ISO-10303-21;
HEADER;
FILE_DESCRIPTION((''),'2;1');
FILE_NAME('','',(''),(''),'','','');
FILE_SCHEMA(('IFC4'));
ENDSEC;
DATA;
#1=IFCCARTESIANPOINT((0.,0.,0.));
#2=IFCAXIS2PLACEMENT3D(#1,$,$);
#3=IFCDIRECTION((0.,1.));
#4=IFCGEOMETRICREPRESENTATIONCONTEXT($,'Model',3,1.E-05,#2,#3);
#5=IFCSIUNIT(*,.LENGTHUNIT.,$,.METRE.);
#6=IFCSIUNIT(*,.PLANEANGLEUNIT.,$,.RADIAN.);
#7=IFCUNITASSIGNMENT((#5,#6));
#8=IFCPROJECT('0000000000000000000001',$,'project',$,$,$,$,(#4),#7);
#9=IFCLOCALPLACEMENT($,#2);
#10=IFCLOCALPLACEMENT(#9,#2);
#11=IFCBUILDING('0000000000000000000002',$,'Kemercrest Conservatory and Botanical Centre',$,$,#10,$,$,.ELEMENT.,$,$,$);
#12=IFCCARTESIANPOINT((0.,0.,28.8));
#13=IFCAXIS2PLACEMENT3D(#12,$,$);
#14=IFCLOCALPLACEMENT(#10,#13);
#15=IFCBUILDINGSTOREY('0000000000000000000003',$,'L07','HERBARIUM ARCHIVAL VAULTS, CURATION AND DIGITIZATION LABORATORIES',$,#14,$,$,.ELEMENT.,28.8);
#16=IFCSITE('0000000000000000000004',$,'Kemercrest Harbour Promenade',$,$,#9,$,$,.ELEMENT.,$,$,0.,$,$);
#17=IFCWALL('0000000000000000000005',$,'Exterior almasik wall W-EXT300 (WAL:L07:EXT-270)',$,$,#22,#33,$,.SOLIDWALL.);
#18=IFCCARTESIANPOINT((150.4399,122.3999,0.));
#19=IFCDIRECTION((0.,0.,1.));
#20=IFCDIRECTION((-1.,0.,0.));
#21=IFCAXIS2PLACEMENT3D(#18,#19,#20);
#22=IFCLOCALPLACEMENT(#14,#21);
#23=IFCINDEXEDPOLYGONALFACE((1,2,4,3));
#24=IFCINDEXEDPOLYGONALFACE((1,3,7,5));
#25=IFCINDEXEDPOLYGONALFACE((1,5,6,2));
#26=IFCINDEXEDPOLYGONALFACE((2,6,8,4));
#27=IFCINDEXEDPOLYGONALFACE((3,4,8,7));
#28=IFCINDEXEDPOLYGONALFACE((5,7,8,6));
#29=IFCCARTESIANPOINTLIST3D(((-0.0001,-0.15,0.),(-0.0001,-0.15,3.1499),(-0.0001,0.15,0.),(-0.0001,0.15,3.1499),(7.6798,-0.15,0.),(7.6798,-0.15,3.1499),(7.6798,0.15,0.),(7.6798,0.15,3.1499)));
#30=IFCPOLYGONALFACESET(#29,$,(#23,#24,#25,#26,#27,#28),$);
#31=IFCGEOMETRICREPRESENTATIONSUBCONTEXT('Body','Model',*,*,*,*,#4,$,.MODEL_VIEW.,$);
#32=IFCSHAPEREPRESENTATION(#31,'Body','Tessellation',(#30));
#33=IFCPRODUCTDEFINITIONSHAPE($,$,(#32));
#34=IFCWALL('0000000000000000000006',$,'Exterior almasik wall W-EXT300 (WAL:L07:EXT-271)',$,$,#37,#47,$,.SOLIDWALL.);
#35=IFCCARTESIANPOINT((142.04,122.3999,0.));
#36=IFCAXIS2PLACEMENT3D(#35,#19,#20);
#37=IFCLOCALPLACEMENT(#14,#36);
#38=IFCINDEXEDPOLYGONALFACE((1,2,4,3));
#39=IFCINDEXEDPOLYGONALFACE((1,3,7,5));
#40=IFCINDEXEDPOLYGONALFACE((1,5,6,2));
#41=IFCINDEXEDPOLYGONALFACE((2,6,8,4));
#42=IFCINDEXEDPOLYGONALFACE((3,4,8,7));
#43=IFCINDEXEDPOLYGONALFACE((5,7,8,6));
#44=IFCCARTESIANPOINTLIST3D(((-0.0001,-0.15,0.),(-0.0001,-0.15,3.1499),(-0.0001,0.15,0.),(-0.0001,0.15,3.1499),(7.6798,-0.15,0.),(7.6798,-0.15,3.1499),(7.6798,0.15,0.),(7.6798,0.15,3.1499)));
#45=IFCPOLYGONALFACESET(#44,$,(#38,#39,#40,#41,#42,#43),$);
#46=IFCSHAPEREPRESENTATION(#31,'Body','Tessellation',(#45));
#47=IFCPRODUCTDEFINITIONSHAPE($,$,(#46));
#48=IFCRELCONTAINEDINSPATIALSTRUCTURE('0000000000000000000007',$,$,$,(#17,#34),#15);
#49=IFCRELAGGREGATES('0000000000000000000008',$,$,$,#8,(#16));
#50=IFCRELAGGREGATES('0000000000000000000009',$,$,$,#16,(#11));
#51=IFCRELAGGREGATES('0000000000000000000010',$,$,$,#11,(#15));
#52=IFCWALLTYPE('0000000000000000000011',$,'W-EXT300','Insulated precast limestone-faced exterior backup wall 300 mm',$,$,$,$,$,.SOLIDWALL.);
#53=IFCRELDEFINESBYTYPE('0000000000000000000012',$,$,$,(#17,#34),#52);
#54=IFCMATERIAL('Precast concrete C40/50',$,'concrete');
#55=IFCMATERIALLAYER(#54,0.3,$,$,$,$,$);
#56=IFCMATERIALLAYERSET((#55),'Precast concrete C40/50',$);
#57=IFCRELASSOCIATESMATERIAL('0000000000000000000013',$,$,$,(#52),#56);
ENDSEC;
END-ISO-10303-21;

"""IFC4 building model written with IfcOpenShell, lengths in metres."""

from ifc_helpers import new_model, si_unit, direction, frame, frame_2d, origin, place, context, subcontext, project, spatial, rectangle, extrude, material, layer, layer_set, type_object, element, save


model = new_model("IFC4")

# Units and contexts
model_context = context("Model", 3, precision=1e-05, world=origin(), true_north=direction((0.0, 1.0)))
body_context = subcontext(model_context, "Body", "Model", "MODEL_VIEW")
ifc_project = project(units=[si_unit("LENGTHUNIT", "METRE"), si_unit("PLANEANGLEUNIT", "RADIAN")], contexts=[model_context])

# Site, building, storey
site_placement = place(None, origin())
site = spatial("IfcSite", under=ifc_project, at=site_placement, Name="Kemercrest Harbour Promenade", CompositionType="ELEMENT", RefElevation=0.0)
building_placement = place(site_placement, origin())
building = spatial("IfcBuilding", under=site, at=building_placement, Name="Kemercrest Conservatory and Botanical Centre", CompositionType="ELEMENT")
storey_placement = place(building_placement, frame((0.0, 0.0, 28.8)))
storey = spatial("IfcBuildingStorey", under=building, at=storey_placement, Name="L07", Description="HERBARIUM ARCHIVAL VAULTS, CURATION AND DIGITIZATION LABORATORIES", CompositionType="ELEMENT", Elevation=28.8)

# Walls
ifc_material_1 = material(Name="Precast concrete C40/50", Category="concrete")
ifc_layer_1 = layer(ifc_material_1, 0.3)
ifc_layer_set_1 = layer_set([ifc_layer_1], Name="Precast concrete C40/50")
wall_type_1 = type_object("IfcWallType", Name="W-EXT300", Description="Insulated precast limestone-faced exterior backup wall 300 mm", PredefinedType="SOLIDWALL", material=ifc_layer_set_1)
for number, where, z_axis, x_axis, name in (
    (1, (150.4399, 122.3999, 0.0), (0.0, 0.0, 1.0), (-1.0, 0.0, 0.0), "Exterior almasik wall W-EXT300 (WAL:L07:EXT-270)"),
    (2, (142.04, 122.3999, 0.0), (0.0, 0.0, 1.0), (-1.0, 0.0, 0.0), "Exterior almasik wall W-EXT300 (WAL:L07:EXT-271)"),
):
    element("IfcWall", number, at=place(storey_placement, frame(where, z_axis=z_axis, x_axis=x_axis)), inside=storey, type_object=wall_type_1, Name=name, PredefinedType="SOLIDWALL", context=body_context, shape_type="SweptSolid", body=[
        extrude(rectangle(XDim=7.6799, YDim=0.3, at=frame_2d((3.8398, 0.0))), origin(), (0.0, 0.0, 1.0), 3.1499),
    ])

save(model, "model.ifc")
